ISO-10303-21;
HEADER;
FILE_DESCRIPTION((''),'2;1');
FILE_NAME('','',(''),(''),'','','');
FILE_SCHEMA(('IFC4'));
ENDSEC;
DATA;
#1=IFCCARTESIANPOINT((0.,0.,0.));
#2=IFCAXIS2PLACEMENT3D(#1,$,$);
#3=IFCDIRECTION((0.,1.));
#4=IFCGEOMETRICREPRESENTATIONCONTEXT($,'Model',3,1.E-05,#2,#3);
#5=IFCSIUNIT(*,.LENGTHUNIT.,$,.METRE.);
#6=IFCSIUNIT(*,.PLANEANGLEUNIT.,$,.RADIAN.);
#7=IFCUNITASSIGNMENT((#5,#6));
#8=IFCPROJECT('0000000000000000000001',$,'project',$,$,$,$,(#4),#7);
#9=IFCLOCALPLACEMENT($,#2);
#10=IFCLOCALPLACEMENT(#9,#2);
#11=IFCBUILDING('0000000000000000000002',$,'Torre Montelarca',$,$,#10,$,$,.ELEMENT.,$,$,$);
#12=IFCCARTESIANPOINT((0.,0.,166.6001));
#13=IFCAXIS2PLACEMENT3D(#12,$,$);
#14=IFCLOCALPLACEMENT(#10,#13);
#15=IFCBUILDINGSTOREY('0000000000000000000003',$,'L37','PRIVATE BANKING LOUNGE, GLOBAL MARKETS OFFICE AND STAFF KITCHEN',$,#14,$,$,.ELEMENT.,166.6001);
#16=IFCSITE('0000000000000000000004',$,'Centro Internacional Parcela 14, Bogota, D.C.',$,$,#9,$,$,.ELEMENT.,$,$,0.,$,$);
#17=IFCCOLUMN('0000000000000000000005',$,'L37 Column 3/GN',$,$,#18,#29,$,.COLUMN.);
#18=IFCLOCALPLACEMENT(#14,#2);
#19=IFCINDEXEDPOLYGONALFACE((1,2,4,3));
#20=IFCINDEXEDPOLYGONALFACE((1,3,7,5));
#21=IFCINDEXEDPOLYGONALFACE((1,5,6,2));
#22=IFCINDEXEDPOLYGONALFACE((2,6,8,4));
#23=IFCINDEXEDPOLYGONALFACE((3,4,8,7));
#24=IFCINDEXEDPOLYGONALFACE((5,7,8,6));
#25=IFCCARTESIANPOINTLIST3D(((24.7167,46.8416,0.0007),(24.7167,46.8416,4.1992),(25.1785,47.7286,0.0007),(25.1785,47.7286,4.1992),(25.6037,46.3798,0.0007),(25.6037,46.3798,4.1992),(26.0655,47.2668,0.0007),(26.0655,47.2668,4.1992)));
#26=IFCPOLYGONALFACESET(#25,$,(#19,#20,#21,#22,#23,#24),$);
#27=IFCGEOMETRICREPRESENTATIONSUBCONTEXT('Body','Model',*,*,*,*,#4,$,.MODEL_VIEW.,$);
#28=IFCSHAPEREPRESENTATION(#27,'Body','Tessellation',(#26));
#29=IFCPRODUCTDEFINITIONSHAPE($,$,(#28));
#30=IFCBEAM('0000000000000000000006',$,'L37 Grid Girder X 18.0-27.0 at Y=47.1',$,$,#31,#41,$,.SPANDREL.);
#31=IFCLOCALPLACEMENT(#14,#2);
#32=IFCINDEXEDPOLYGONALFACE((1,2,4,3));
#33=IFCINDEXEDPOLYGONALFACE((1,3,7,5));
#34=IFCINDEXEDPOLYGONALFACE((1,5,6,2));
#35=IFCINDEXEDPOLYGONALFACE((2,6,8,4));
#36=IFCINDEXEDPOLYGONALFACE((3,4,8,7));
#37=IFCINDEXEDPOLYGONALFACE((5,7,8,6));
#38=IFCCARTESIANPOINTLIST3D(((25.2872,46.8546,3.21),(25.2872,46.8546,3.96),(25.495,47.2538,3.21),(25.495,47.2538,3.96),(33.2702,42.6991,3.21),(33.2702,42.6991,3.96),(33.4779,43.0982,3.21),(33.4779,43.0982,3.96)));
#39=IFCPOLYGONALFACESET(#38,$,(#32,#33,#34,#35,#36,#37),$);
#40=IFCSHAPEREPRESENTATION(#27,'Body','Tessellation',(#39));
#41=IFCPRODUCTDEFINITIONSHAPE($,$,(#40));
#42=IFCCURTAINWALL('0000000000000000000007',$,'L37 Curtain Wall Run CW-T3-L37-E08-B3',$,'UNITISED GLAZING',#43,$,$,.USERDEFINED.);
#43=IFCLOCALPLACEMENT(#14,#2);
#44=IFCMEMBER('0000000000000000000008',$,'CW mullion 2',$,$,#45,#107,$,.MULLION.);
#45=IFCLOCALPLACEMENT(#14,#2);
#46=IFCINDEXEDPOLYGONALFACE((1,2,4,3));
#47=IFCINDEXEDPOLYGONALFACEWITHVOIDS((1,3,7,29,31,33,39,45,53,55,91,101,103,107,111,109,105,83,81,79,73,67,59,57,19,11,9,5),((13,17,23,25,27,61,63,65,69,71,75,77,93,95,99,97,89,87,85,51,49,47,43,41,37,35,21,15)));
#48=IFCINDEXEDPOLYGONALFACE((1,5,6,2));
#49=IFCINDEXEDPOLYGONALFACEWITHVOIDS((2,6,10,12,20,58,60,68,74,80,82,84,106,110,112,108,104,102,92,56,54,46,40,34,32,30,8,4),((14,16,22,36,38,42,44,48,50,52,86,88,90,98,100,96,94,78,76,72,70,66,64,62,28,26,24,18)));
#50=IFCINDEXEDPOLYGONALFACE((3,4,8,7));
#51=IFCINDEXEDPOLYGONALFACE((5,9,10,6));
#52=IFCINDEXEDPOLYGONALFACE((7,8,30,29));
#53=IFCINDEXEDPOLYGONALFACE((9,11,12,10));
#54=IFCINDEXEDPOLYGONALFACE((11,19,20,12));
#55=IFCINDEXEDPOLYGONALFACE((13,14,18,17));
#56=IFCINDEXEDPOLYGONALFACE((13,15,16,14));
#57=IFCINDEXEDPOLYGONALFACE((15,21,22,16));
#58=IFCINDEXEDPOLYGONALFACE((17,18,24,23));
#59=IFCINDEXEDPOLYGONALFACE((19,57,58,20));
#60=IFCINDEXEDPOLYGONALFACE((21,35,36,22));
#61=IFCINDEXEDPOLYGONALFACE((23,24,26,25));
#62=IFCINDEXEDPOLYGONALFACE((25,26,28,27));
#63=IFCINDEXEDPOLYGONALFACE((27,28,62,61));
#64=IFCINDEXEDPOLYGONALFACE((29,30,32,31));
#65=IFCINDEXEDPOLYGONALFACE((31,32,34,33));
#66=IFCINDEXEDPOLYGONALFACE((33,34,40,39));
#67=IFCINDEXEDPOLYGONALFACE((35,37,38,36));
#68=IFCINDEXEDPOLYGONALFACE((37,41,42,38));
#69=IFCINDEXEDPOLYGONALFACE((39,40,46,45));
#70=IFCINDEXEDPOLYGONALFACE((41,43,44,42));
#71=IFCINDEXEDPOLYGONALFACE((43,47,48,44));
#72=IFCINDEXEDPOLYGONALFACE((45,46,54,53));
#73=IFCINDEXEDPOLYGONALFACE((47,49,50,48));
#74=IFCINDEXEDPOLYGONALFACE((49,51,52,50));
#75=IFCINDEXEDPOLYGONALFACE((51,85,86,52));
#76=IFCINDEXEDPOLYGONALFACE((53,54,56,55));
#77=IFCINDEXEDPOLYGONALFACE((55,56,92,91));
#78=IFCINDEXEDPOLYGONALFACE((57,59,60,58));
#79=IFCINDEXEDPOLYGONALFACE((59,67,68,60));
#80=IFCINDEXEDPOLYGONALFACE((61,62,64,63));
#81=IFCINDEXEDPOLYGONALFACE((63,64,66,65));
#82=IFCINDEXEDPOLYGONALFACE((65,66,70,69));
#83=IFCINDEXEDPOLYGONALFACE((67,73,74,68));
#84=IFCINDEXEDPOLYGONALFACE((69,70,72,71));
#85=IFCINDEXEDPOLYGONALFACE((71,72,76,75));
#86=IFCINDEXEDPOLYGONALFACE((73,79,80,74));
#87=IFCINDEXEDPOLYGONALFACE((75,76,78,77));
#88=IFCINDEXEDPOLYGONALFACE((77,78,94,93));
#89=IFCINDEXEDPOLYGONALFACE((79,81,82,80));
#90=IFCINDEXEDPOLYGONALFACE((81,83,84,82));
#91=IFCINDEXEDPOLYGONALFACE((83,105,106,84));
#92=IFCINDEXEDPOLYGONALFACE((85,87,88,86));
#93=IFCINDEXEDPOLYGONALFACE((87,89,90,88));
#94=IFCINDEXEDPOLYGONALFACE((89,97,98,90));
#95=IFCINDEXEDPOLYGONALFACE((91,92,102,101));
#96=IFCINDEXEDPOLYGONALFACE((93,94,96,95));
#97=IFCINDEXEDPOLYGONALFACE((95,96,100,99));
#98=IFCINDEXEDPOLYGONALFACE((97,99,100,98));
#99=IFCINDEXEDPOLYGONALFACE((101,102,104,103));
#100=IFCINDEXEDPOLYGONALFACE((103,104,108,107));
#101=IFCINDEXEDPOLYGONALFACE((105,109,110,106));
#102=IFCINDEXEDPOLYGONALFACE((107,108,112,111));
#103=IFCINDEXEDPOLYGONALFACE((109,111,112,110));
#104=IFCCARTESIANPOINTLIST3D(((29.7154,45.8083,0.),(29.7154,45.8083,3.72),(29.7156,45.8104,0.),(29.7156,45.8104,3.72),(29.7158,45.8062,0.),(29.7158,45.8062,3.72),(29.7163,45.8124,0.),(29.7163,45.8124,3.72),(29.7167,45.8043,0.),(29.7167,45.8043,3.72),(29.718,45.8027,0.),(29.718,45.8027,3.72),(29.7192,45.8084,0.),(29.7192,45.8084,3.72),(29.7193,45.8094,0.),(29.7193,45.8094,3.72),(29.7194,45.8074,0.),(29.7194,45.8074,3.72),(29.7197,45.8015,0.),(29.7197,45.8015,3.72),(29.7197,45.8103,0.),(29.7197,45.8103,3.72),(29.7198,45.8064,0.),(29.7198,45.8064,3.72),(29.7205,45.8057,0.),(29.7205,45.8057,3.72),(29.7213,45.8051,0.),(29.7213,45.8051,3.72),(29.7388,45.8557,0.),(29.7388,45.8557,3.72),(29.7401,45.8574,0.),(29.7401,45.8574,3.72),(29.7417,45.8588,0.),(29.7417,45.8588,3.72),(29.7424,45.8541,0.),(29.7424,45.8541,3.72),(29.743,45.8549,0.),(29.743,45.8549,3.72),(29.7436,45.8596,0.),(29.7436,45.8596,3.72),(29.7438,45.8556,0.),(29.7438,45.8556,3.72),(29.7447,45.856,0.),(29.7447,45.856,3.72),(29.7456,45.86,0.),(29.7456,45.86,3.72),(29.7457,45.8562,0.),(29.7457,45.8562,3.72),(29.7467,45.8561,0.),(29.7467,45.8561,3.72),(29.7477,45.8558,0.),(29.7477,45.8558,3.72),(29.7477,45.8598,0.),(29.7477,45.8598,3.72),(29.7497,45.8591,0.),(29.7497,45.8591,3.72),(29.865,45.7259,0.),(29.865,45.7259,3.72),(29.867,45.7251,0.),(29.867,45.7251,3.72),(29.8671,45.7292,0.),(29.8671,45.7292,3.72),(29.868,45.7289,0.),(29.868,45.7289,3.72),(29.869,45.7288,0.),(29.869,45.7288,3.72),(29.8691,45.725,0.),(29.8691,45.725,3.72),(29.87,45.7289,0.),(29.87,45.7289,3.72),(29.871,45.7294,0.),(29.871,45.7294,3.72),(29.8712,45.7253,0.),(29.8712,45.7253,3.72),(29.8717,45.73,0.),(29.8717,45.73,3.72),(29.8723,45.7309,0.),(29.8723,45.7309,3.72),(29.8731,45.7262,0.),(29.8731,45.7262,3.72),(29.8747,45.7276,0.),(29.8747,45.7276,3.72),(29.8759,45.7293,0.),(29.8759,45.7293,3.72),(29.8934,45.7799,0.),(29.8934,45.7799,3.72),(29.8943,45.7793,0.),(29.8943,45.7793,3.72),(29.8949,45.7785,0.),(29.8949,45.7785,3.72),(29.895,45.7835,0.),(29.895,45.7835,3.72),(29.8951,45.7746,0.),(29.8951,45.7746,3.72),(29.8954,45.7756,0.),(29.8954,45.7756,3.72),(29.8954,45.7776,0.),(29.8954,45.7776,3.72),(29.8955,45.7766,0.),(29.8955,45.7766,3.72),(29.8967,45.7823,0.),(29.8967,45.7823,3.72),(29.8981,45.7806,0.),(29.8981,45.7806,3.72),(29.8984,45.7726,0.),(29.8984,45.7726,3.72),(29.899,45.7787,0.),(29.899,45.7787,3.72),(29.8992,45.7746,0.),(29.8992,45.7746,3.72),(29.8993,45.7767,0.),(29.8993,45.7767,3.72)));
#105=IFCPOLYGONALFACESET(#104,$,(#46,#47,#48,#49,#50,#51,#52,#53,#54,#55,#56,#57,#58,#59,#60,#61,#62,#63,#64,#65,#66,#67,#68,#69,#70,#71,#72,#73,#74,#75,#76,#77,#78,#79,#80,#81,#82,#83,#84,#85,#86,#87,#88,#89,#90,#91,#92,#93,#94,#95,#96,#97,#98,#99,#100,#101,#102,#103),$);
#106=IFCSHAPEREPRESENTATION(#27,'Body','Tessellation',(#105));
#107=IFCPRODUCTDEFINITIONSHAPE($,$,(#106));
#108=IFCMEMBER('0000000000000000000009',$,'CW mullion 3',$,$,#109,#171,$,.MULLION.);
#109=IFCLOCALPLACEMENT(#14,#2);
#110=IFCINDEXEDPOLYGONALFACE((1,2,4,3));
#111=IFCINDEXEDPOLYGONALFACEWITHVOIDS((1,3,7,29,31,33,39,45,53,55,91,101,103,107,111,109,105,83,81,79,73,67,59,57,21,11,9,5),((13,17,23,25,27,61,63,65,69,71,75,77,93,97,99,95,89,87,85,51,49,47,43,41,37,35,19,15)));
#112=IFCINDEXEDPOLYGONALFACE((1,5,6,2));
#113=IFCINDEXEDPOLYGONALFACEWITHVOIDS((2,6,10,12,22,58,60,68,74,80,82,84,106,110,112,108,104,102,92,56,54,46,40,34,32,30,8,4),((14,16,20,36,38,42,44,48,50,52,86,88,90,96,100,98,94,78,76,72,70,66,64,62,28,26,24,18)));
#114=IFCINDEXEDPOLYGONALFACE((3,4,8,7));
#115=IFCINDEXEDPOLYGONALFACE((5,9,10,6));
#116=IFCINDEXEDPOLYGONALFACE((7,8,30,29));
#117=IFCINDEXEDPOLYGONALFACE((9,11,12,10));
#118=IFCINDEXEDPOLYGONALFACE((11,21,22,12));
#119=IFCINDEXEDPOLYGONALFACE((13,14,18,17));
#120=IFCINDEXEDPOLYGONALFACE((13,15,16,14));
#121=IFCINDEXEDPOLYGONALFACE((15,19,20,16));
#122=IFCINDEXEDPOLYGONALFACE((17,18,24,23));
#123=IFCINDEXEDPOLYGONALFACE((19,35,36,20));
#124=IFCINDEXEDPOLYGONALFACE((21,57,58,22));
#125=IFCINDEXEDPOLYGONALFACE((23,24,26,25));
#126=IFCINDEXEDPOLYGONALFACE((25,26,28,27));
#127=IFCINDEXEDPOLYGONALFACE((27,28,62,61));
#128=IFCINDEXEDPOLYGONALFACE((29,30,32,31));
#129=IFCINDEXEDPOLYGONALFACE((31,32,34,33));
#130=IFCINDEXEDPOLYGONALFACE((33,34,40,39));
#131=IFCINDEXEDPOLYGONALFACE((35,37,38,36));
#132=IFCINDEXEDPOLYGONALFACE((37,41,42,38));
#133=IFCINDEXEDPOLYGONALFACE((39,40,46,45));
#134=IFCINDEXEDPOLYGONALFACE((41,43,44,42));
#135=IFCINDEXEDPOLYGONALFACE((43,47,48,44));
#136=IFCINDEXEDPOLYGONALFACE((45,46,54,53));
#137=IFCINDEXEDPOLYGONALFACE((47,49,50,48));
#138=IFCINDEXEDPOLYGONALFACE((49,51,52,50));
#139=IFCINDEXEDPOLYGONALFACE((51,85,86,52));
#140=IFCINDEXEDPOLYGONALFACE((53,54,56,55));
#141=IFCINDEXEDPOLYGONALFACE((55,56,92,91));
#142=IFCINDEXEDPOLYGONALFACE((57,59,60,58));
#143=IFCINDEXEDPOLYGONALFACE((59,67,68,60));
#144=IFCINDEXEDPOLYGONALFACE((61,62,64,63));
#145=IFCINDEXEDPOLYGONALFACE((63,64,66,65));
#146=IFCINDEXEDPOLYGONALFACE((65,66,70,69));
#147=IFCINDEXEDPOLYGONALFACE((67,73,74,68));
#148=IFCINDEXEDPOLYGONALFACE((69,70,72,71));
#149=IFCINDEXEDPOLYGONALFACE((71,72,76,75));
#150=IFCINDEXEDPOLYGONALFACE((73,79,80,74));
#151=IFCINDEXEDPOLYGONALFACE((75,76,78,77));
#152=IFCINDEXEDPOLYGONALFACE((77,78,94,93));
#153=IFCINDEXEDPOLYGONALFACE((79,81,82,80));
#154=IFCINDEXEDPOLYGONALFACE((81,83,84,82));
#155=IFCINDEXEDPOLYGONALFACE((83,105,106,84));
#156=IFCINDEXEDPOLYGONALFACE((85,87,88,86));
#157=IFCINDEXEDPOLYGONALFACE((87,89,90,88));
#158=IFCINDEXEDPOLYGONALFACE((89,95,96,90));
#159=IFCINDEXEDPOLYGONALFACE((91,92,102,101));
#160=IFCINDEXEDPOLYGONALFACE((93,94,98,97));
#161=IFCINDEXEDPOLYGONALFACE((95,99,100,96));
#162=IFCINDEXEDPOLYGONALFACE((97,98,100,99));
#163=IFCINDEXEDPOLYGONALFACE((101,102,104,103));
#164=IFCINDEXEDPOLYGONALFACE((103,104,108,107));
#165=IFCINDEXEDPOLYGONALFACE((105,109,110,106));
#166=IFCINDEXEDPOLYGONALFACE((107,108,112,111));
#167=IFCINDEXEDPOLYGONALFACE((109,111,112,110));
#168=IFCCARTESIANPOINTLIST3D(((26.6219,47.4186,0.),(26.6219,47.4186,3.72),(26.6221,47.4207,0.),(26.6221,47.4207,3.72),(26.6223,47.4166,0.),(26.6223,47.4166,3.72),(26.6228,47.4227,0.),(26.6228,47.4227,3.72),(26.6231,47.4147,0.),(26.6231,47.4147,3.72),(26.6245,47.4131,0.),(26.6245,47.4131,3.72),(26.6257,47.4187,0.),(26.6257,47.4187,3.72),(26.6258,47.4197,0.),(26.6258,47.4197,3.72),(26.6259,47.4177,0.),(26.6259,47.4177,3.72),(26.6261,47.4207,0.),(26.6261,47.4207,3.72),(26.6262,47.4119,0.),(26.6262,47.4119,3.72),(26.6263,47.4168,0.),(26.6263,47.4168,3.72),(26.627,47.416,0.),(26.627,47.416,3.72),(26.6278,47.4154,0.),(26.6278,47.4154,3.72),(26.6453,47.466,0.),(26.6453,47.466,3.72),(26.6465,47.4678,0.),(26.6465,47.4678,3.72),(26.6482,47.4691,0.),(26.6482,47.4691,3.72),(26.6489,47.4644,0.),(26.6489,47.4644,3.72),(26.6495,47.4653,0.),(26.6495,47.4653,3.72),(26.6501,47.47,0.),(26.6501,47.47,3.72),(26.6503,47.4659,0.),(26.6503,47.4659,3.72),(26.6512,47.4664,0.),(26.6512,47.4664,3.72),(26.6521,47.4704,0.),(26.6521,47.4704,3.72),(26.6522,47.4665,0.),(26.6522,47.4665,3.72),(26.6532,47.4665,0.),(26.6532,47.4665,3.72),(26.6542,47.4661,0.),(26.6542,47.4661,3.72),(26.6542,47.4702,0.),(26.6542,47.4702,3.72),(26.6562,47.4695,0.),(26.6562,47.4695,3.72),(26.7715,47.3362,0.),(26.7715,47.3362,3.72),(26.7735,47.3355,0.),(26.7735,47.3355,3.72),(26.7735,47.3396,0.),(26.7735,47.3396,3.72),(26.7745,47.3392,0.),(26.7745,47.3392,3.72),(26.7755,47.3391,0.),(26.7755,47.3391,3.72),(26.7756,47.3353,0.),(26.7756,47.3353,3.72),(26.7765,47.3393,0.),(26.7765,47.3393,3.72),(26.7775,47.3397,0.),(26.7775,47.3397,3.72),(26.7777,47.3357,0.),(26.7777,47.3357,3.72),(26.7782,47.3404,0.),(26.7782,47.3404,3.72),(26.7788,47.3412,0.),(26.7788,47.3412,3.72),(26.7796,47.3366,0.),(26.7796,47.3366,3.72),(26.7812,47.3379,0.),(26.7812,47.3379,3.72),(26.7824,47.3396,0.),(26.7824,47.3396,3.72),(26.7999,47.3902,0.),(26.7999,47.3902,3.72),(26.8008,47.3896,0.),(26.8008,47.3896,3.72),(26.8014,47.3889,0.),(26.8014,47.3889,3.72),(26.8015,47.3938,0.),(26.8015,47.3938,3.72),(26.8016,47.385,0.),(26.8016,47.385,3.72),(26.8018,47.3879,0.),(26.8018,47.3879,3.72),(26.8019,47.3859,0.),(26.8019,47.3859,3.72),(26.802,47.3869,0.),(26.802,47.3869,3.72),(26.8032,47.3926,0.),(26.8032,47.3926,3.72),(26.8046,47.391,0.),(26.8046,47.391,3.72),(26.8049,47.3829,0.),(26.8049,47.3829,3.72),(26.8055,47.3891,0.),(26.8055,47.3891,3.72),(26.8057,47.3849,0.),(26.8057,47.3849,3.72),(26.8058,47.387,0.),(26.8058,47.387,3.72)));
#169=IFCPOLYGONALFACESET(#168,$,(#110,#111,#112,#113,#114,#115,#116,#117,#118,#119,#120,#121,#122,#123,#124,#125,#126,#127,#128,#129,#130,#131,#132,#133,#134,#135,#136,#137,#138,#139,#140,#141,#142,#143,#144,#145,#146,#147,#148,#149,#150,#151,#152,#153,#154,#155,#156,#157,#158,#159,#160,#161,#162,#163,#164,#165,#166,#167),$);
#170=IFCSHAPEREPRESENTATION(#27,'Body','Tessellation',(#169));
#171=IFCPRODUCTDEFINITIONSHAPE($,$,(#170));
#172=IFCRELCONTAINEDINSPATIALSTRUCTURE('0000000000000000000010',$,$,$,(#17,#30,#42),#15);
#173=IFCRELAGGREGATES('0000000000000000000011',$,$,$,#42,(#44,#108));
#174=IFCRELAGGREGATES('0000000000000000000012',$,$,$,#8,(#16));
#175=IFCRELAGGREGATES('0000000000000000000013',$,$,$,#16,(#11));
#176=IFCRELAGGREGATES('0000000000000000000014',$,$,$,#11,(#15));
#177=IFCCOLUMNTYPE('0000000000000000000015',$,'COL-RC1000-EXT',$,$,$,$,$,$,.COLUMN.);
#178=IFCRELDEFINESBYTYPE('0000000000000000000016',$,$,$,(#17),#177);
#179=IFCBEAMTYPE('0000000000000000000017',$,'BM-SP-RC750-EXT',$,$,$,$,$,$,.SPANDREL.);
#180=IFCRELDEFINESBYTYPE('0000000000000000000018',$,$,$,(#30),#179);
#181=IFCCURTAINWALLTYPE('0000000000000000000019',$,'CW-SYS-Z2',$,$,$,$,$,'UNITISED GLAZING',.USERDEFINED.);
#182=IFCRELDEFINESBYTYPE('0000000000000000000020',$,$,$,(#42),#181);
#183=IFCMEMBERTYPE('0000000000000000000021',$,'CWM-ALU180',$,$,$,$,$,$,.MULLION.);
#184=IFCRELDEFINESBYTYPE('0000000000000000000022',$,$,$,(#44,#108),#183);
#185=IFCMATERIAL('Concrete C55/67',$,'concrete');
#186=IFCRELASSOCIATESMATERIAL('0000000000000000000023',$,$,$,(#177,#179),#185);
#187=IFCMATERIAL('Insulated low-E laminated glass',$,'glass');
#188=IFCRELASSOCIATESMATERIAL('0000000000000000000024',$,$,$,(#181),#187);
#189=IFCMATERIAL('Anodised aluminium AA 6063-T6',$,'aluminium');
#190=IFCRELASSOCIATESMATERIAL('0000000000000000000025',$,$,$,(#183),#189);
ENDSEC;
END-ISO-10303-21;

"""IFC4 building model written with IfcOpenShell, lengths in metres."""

from ifc_helpers import new_model, si_unit, direction, frame, origin, origin_2d, place, context, subcontext, project, spatial, rectangle, hollow_rectangle, extrude, source, transform, mapped, material, material_profile, profile_set, type_object, element, aggregate, save


model = new_model("IFC4")

# Units and contexts
model_context = context("Model", 3, precision=1e-05, world=origin(), true_north=direction((0.0, 1.0)))
body_context = subcontext(model_context, "Body", "Model", "MODEL_VIEW")
ifc_project = project(units=[si_unit("LENGTHUNIT", "METRE"), si_unit("PLANEANGLEUNIT", "RADIAN")], contexts=[model_context])

# Site, building, storey
site_placement = place(None, origin())
site = spatial("IfcSite", under=ifc_project, at=site_placement, Name="Centro Internacional Parcela 14, Bogota, D.C.", CompositionType="ELEMENT", RefElevation=0.0)
building_placement = place(site_placement, origin())
building = spatial("IfcBuilding", under=site, at=building_placement, Name="Torre Montelarca", CompositionType="ELEMENT")
storey_placement = place(building_placement, frame((0.0, 0.0, 166.6001)))
storey = spatial("IfcBuildingStorey", under=building, at=storey_placement, Name="L37", Description="PRIVATE BANKING LOUNGE, GLOBAL MARKETS OFFICE AND STAFF KITCHEN", CompositionType="ELEMENT", Elevation=166.6001)

# Column
ifc_material_1 = material(Name="Concrete C55/67", Category="concrete")
ifc_material_profile_1 = material_profile(ifc_material_1, rectangle(XDim=1.0, YDim=1.0, at=origin_2d()), Name="RC1000X1000", Category="concrete")
ifc_profile_set_1 = profile_set([ifc_material_profile_1], Name="Concrete C55/67")
column_type = type_object("IfcColumnType", Name="COL-RC1000-EXT", PredefinedType="COLUMN", material=ifc_profile_set_1)
shared_shape_1 = source(origin(), body_context, "Body", "SweptSolid", [
    extrude(rectangle(XDim=1.0, YDim=1.0, at=origin_2d()), origin(), (0.0, 0.0, 1.0), 4.1985),
])
column_placement = place(storey_placement, frame((25.3911, 47.0542, 0.0007), z_axis=(0.0, 0.0, 1.0), x_axis=(-0.887011, 0.461749, 0.0)))
element("IfcColumn", 1, at=column_placement, inside=storey, type_object=column_type, Name="L37 Column 3/GN", PredefinedType="COLUMN", context=body_context, shape_type="MappedRepresentation", body=[
    mapped(shared_shape_1, transform((0.0, 0.0, 0.0), scale=1.0)),
])

# Beam
ifc_material_profile_2 = material_profile(ifc_material_1, rectangle(XDim=0.45, YDim=0.75, at=origin_2d()), Name="RCB450X750", Category="concrete")
ifc_profile_set_2 = profile_set([ifc_material_profile_2], Name="Concrete C55/67")
beam_type = type_object("IfcBeamType", Name="BM-SP-RC750-EXT", PredefinedType="SPANDREL", material=ifc_profile_set_2)
shared_shape_2 = source(origin(), body_context, "Body", "SweptSolid", [
    extrude(rectangle(XDim=0.45, YDim=0.75, at=origin_2d()), origin(), (0.0, 0.0, 1.0), 8.9998),
])
beam_placement = place(storey_placement, frame((25.3911, 47.0542, 3.585), z_axis=(0.887016, -0.461738, 0.0), x_axis=(0.461738, 0.887016, 0.0)))
element("IfcBeam", 2, at=beam_placement, inside=storey, type_object=beam_type, Name="L37 Grid Girder X 18.0-27.0 at Y=47.1", PredefinedType="SPANDREL", context=body_context, shape_type="MappedRepresentation", body=[
    mapped(shared_shape_2, transform((0.0, 0.0, 0.0), scale=1.0)),
])

# Curtain wall, members
ifc_material_2 = material(Name="Insulated low-E laminated glass", Category="glass")
curtain_wall_type = type_object("IfcCurtainWallType", Name="CW-SYS-Z2", ElementType="UNITISED GLAZING", PredefinedType="USERDEFINED", material=ifc_material_2)
curtain_wall_1_placement = place(storey_placement, origin())
curtain_wall_1 = element("IfcCurtainWall", 3, at=curtain_wall_1_placement, inside=storey, type_object=curtain_wall_type, Name="L37 Curtain Wall Run CW-T3-L37-E08-B3", ObjectType="UNITISED GLAZING", PredefinedType="USERDEFINED")
ifc_material_3 = material(Name="Anodised aluminium AA 6063-T6", Category="aluminium")
ifc_material_profile_3 = material_profile(ifc_material_3, hollow_rectangle(XDim=0.0649, YDim=0.1799, WallThickness=0.0039, InnerFilletRadius=0.0039, OuterFilletRadius=0.0081, at=origin_2d()), Name="ALU65X180X4", Category="aluminium")
ifc_profile_set_3 = profile_set([ifc_material_profile_3], Name="Anodised aluminium AA 6063-T6")
member_type_1 = type_object("IfcMemberType", Name="CWM-ALU180", PredefinedType="MULLION", material=ifc_profile_set_3)
shared_shape_3 = source(origin(), body_context, "Body", "SweptSolid", [
    extrude(hollow_rectangle(XDim=0.0649, YDim=0.1799, WallThickness=0.0039, InnerFilletRadius=0.0039, OuterFilletRadius=0.0081, at=origin_2d()), origin(), (0.0, 0.0, 1.0), 3.72),
])
member_1_placement = place(storey_placement, frame((29.8074, 45.7925, 0.0), z_axis=(0.0, 0.0, 1.0), x_axis=(-0.461751, -0.88701, 0.0)))
member_1 = element("IfcMember", 4, at=member_1_placement, type_object=member_type_1, Name="CW mullion 2", PredefinedType="MULLION", context=body_context, shape_type="MappedRepresentation", body=[
    mapped(shared_shape_3, transform((0.0, 0.0, 0.0), scale=1.0)),
])
member_2_placement = place(storey_placement, frame((26.7139, 47.4028, 0.0), z_axis=(0.0, 0.0, 1.0), x_axis=(-0.461751, -0.88701, 0.0)))
member_2 = element("IfcMember", 5, at=member_2_placement, type_object=member_type_1, Name="CW mullion 3", PredefinedType="MULLION", context=body_context, shape_type="MappedRepresentation", body=[
    mapped(shared_shape_3, transform((0.0, 0.0, 0.0), scale=1.0)),
])

aggregate(curtain_wall_1, [member_1, member_2])

save(model, "model.ifc")
